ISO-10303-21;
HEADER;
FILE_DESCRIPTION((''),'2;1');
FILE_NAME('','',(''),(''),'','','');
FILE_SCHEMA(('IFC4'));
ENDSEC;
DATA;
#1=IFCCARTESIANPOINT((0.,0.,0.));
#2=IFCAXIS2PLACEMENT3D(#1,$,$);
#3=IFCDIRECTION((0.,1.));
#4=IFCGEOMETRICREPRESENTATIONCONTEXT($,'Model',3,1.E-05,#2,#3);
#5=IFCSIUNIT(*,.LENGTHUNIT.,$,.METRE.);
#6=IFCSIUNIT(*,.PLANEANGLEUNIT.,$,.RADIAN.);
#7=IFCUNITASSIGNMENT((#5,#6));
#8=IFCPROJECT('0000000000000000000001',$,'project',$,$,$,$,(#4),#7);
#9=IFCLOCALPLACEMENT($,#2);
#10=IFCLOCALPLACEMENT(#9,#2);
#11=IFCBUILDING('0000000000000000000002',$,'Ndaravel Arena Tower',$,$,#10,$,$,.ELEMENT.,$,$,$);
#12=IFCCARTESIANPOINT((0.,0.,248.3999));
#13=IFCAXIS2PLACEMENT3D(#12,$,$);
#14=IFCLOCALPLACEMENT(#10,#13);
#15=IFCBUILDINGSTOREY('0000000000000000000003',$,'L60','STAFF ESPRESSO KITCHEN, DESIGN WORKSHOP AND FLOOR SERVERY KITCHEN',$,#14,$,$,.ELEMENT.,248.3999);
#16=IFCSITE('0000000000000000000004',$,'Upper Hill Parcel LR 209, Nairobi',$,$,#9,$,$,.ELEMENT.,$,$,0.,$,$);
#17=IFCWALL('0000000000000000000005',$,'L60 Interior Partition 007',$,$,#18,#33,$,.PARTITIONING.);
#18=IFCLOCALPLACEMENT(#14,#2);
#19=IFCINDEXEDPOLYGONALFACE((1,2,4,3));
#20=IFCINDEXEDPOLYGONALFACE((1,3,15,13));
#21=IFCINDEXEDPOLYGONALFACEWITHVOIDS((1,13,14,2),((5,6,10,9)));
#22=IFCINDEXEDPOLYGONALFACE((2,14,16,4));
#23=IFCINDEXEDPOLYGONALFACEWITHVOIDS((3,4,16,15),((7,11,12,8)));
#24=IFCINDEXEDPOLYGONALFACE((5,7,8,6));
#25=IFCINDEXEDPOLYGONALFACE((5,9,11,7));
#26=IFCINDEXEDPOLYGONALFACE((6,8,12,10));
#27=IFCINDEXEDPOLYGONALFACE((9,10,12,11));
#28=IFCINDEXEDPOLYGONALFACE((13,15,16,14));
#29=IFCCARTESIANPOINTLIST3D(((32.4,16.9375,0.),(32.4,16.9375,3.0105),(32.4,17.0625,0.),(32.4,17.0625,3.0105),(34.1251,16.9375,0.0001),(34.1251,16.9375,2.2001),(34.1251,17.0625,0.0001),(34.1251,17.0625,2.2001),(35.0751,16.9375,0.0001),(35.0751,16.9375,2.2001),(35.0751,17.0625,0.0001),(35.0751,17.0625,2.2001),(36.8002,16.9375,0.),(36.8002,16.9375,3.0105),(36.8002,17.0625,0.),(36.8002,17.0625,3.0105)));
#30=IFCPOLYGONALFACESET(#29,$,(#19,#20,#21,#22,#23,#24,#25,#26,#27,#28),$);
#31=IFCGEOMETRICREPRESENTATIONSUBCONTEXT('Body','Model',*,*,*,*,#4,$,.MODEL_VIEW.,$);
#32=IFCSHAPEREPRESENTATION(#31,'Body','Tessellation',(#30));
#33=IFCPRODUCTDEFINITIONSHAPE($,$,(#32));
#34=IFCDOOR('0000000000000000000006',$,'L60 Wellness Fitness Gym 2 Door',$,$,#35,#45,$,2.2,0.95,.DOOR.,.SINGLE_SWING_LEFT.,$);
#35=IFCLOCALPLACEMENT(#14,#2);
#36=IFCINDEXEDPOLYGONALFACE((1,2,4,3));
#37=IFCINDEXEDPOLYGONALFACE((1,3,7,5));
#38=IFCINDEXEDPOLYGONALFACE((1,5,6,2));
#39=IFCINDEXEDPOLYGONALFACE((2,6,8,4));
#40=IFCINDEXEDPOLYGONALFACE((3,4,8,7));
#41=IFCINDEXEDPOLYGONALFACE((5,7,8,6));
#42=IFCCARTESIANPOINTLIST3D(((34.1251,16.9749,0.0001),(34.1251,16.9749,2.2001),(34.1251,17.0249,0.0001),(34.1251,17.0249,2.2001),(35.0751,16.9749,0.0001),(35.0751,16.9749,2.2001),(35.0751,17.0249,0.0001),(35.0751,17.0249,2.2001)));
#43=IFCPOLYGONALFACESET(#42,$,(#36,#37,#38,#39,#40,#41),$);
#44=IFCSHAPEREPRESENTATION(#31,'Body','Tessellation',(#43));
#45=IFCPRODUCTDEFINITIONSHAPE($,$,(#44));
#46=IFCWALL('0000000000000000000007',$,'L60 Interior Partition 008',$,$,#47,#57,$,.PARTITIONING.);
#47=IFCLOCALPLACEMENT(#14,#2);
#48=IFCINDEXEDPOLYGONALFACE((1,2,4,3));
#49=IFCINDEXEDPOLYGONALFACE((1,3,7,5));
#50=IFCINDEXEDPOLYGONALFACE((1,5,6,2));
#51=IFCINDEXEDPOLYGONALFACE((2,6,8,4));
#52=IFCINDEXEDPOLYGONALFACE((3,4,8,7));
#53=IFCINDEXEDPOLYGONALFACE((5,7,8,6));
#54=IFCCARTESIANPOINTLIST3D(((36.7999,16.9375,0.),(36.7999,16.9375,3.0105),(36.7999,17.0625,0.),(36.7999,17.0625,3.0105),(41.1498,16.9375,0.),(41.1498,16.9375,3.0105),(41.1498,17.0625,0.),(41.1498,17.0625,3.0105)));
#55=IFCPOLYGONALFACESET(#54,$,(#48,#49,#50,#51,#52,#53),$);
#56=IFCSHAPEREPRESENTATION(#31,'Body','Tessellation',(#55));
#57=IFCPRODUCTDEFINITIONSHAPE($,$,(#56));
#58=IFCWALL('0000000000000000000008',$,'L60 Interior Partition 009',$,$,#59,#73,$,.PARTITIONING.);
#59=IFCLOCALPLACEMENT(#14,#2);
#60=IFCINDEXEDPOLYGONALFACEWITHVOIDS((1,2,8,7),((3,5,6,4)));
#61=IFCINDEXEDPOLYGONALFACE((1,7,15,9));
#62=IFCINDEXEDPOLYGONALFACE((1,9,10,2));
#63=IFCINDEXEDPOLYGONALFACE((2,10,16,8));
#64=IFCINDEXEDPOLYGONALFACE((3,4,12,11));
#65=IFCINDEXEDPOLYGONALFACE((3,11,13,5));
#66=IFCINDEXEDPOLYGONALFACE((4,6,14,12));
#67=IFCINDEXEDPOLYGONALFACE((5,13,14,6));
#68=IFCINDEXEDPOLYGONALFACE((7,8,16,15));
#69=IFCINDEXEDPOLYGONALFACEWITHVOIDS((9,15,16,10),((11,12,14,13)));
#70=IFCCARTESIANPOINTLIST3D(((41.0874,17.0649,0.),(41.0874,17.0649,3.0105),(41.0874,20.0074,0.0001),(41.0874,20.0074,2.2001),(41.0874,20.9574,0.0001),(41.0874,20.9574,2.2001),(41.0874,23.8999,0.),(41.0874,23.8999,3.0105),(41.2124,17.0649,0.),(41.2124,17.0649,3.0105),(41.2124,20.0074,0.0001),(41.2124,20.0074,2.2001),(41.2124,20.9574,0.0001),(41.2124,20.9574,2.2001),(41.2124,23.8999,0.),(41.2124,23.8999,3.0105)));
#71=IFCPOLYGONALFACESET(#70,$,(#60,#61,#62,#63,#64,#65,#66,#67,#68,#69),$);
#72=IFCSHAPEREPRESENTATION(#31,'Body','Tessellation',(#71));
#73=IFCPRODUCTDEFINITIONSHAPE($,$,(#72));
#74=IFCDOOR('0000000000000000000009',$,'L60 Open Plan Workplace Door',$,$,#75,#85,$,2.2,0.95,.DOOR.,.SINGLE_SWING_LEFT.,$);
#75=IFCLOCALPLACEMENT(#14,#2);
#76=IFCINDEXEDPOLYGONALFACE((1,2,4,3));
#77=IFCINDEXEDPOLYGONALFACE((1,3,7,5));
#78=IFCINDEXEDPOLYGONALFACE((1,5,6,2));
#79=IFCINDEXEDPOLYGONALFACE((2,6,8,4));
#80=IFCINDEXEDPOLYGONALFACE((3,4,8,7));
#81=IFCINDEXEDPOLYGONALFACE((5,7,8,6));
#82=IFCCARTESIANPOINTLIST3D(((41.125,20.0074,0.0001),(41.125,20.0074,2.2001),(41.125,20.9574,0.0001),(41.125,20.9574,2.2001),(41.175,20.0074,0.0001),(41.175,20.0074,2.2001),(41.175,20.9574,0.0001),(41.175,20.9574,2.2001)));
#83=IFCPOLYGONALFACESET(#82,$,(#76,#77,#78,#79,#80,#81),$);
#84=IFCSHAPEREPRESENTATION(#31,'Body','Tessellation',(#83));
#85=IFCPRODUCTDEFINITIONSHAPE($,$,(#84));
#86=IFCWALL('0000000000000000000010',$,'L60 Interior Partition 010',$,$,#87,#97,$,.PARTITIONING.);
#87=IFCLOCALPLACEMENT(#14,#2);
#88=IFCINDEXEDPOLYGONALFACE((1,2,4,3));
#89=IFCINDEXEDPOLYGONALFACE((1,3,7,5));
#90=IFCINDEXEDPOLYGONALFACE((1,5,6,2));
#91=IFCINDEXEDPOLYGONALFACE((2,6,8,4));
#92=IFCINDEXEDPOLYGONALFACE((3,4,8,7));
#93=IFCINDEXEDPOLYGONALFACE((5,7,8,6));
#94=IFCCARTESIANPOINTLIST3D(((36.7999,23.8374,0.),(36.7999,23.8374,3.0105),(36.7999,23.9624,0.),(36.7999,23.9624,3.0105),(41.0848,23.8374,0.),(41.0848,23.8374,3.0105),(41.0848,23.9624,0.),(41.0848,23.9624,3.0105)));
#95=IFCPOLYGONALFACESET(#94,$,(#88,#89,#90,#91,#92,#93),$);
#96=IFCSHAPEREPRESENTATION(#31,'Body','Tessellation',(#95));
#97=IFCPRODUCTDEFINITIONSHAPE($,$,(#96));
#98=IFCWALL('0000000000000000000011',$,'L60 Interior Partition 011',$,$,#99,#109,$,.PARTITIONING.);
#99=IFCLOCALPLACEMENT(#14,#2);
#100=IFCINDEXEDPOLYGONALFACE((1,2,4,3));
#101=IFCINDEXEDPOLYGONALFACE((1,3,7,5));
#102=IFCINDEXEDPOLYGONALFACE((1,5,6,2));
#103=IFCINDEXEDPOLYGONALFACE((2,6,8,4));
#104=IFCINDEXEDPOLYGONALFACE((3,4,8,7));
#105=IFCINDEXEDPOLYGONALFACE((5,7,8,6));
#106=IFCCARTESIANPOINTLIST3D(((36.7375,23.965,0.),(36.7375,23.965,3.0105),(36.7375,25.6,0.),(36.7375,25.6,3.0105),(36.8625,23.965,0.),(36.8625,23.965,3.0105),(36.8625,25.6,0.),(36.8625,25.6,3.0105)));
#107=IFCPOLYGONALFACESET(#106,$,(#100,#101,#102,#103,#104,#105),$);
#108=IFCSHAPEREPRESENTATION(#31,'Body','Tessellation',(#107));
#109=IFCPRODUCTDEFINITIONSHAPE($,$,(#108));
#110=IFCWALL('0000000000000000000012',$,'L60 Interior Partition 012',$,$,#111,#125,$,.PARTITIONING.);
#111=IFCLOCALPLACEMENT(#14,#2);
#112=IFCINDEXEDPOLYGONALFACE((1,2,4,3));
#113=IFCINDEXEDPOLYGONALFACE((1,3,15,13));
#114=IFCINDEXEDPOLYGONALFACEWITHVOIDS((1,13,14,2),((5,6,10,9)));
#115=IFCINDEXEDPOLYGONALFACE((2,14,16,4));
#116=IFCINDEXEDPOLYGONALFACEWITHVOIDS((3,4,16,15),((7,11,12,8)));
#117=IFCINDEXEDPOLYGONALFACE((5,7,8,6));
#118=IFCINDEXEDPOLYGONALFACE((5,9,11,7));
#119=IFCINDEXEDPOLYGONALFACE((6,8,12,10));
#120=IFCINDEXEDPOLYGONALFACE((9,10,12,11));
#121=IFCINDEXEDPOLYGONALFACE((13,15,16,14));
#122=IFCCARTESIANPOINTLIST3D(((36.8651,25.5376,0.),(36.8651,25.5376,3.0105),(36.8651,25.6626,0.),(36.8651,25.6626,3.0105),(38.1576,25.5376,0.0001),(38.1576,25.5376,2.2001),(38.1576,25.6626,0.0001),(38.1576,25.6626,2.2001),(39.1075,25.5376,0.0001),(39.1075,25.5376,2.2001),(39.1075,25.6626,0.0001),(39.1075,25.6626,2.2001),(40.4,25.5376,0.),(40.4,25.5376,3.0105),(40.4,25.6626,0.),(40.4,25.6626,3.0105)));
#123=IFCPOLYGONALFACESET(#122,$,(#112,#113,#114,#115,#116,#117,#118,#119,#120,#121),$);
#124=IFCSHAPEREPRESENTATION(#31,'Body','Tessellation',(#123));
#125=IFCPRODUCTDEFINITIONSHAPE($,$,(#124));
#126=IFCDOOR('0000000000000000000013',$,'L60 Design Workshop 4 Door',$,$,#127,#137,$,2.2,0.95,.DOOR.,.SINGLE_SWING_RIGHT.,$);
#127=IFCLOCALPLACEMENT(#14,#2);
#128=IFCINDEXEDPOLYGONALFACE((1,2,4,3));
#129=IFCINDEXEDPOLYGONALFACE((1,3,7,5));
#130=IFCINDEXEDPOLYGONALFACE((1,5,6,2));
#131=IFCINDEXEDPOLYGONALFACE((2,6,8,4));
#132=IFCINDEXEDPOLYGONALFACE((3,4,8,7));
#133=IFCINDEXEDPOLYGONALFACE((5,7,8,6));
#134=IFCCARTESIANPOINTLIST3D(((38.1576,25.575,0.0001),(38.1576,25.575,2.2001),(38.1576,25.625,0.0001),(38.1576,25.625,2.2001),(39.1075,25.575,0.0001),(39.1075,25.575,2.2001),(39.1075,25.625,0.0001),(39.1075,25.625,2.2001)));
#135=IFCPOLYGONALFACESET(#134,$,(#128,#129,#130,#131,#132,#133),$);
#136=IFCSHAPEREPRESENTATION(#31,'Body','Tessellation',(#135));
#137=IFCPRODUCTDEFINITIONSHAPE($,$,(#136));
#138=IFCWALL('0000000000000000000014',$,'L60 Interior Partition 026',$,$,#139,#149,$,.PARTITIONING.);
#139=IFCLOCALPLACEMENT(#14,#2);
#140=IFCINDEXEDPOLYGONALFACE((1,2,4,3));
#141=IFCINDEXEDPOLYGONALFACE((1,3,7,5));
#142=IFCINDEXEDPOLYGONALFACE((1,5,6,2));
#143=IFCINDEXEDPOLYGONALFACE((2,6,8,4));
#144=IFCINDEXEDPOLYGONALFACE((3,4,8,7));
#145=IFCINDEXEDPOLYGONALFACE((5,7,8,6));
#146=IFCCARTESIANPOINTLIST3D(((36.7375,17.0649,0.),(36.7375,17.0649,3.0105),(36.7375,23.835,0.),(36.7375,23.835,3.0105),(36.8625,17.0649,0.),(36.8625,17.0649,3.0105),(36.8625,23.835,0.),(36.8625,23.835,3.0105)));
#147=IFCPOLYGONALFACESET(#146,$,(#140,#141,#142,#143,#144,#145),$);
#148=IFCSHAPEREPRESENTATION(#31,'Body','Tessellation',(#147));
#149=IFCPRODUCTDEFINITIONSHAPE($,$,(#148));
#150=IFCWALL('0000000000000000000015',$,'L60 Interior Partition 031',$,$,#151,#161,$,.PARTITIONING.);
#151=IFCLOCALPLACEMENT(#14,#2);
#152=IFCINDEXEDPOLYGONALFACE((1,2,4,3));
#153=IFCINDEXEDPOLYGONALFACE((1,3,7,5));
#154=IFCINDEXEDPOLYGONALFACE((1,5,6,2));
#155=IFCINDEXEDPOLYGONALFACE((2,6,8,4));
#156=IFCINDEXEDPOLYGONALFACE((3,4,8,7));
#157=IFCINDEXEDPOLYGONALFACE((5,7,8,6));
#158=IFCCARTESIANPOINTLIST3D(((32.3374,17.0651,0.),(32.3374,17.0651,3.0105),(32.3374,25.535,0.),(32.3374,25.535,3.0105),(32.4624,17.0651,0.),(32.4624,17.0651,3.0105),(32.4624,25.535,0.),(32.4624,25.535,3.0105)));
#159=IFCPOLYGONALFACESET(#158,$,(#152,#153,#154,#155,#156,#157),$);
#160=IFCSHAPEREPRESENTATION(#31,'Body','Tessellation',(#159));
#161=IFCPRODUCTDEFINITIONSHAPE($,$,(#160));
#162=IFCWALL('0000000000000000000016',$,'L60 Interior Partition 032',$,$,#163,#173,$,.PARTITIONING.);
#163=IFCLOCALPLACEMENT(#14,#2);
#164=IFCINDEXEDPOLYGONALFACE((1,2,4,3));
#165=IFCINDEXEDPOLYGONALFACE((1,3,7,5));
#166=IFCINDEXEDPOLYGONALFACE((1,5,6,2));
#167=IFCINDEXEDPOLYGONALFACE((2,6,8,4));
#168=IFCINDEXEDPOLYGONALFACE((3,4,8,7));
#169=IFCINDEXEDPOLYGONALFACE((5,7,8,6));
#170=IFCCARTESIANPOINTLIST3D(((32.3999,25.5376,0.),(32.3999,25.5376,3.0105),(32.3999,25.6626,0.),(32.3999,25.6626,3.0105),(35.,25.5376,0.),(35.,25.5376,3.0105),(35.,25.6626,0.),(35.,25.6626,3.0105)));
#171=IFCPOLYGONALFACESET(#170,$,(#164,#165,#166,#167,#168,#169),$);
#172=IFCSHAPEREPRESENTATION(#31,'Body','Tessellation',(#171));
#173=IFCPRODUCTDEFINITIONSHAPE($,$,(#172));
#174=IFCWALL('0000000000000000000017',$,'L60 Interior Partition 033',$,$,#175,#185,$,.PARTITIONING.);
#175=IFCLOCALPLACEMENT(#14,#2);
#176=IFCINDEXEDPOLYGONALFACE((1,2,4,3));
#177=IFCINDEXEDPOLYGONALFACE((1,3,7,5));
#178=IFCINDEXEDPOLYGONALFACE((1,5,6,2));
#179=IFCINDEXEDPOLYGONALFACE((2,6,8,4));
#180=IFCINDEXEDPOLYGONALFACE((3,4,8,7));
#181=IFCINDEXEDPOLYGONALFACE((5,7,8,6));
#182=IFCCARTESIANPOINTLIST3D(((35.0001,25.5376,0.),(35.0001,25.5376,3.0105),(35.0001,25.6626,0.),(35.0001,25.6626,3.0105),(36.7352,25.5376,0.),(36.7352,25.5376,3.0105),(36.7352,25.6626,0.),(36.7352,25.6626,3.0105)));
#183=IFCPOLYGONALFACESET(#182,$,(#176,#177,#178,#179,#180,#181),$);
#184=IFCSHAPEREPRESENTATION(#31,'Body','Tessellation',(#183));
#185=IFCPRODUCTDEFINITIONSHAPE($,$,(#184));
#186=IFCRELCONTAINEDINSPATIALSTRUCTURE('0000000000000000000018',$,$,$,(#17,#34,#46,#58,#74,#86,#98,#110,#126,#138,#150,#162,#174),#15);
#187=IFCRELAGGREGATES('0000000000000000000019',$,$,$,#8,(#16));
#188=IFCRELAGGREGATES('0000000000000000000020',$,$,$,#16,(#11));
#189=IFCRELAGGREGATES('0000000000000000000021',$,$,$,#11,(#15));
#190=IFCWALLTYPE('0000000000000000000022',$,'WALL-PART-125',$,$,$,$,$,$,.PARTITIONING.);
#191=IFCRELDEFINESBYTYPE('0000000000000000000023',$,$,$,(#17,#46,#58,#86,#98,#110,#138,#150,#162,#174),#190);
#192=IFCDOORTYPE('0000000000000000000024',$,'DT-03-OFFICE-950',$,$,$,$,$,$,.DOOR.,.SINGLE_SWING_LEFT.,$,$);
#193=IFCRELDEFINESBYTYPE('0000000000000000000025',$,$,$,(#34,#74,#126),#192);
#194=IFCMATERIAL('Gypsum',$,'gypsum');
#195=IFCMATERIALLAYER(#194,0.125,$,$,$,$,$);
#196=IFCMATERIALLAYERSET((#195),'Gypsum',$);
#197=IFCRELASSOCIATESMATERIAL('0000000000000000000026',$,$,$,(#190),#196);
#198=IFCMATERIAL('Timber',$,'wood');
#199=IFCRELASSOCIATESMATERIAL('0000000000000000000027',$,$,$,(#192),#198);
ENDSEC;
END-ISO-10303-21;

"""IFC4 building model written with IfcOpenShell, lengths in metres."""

from ifc_helpers import new_model, si_unit, direction, frame, frame_2d, origin, place, context, subcontext, project, spatial, rectangle, extrude, material, layer, layer_set, type_object, element, fill, save


model = new_model("IFC4")

# Units and contexts
model_context = context("Model", 3, precision=1e-05, world=origin(), true_north=direction((0.0, 1.0)))
body_context = subcontext(model_context, "Body", "Model", "MODEL_VIEW")
ifc_project = project(units=[si_unit("LENGTHUNIT", "METRE"), si_unit("PLANEANGLEUNIT", "RADIAN")], contexts=[model_context])

# Site, building, storey
site_placement = place(None, origin())
site = spatial("IfcSite", under=ifc_project, at=site_placement, Name="Upper Hill Parcel LR 209, Nairobi", CompositionType="ELEMENT", RefElevation=0.0)
building_placement = place(site_placement, origin())
building = spatial("IfcBuilding", under=site, at=building_placement, Name="Ndaravel Arena Tower", CompositionType="ELEMENT")
storey_placement = place(building_placement, frame((0.0, 0.0, 248.3999)))
storey = spatial("IfcBuildingStorey", under=building, at=storey_placement, Name="L60", Description="STAFF ESPRESSO KITCHEN, DESIGN WORKSHOP AND FLOOR SERVERY KITCHEN", CompositionType="ELEMENT", Elevation=248.3999)

# Wall, opening, door
ifc_material_1 = material(Name="Gypsum", Category="gypsum")
ifc_layer_1 = layer(ifc_material_1, 0.125)
ifc_layer_set_1 = layer_set([ifc_layer_1], Name="Gypsum")
wall_type_1 = type_object("IfcWallType", Name="WALL-PART-125", PredefinedType="PARTITIONING", material=ifc_layer_set_1)
wall_1_placement = place(storey_placement, frame((32.3999, 17.0, 0.0), z_axis=(0.0, 0.0, 1.0), x_axis=(1.0, 0.0, 0.0)))
wall_1 = element("IfcWall", 1, at=wall_1_placement, inside=storey, type_object=wall_type_1, Name="L60 Interior Partition 007", PredefinedType="PARTITIONING", context=body_context, shape_type="SweptSolid", body=[
    extrude(rectangle(XDim=4.4001, YDim=0.125, at=frame_2d((2.2002, 0.0))), origin(), (0.0, 0.0, 1.0), 3.0105),
])
opening_1_placement = place(wall_1_placement, frame((1.7251, 0.0, 0.0)))
opening_1 = element("IfcOpeningElement", 2, at=opening_1_placement, cuts=wall_1, PredefinedType="OPENING", context=body_context, shape_type="SweptSolid", body=[
    extrude(rectangle(XDim=0.95, YDim=2.2, at=frame_2d((0.4751, 1.1001))), frame((0.0, 0.0625, 0.0), z_axis=(0.0, -1.0, 0.0), x_axis=(1.0, 0.0, 0.0)), (0.0, 0.0, 1.0), 0.125),
])
ifc_material_2 = material(Name="Timber", Category="wood")
door_type = type_object("IfcDoorType", Name="DT-03-OFFICE-950", OperationType="SINGLE_SWING_LEFT", PredefinedType="DOOR", material=ifc_material_2)
door_1_placement = place(opening_1_placement, origin())
door_1 = element("IfcDoor", 3, at=door_1_placement, inside=storey, type_object=door_type, Name="L60 Wellness Fitness Gym 2 Door", OperationType="SINGLE_SWING_LEFT", OverallHeight=2.2, OverallWidth=0.95, PredefinedType="DOOR", context=body_context, shape_type="SweptSolid", body=[
    extrude(rectangle(XDim=0.95, YDim=2.2, at=frame_2d((0.4751, 1.1001))), frame((0.0, 0.0249, 0.0), z_axis=(0.0, -1.0, 0.0), x_axis=(1.0, 0.0, 0.0)), (0.0, 0.0, 1.0), 0.05),
])
fill(opening_1, door_1)

# Wall
wall_2_placement = place(storey_placement, frame((36.8, 17.0, 0.0), z_axis=(0.0, 0.0, 1.0), x_axis=(1.0, 0.0, 0.0)))
element("IfcWall", 4, at=wall_2_placement, inside=storey, type_object=wall_type_1, Name="L60 Interior Partition 008", PredefinedType="PARTITIONING", context=body_context, shape_type="SweptSolid", body=[
    extrude(rectangle(XDim=4.3499, YDim=0.125, at=frame_2d((2.1748, 0.0))), origin(), (0.0, 0.0, 1.0), 3.0105),
])

# Wall, opening, door
wall_3_placement = place(storey_placement, frame((41.1499, 17.0649, 0.0), z_axis=(0.0, 0.0, 1.0), x_axis=(0.0, 1.0, 0.0)))
wall_3 = element("IfcWall", 5, at=wall_3_placement, inside=storey, type_object=wall_type_1, Name="L60 Interior Partition 009", PredefinedType="PARTITIONING", context=body_context, shape_type="SweptSolid", body=[
    extrude(rectangle(XDim=6.835, YDim=0.125, at=frame_2d((3.4175, 0.0))), origin(), (0.0, 0.0, 1.0), 3.0105),
])
opening_2_placement = place(wall_3_placement, frame((2.9424, 0.0, 0.0)))
opening_2 = element("IfcOpeningElement", 6, at=opening_2_placement, cuts=wall_3, PredefinedType="OPENING", context=body_context, shape_type="SweptSolid", body=[
    extrude(rectangle(XDim=0.95, YDim=2.2, at=frame_2d((0.4751, 1.1001))), frame((0.0, 0.0625, 0.0), z_axis=(0.0, -1.0, 0.0), x_axis=(1.0, 0.0, 0.0)), (0.0, 0.0, 1.0), 0.125),
])
door_2_placement = place(opening_2_placement, origin())
door_2 = element("IfcDoor", 7, at=door_2_placement, inside=storey, type_object=door_type, Name="L60 Open Plan Workplace Door", OperationType="SINGLE_SWING_LEFT", OverallHeight=2.2, OverallWidth=0.95, PredefinedType="DOOR", context=body_context, shape_type="SweptSolid", body=[
    extrude(rectangle(XDim=0.95, YDim=2.2, at=frame_2d((0.4751, 1.1001))), frame((0.0, 0.0249, 0.0), z_axis=(0.0, -1.0, 0.0), x_axis=(1.0, 0.0, 0.0)), (0.0, 0.0, 1.0), 0.05),
])
fill(opening_2, door_2)

# Walls
wall_4_placement = place(storey_placement, frame((41.085, 23.8999, 0.0), z_axis=(0.0, 0.0, 1.0), x_axis=(-1.0, 0.0, 0.0)))
element("IfcWall", 8, at=wall_4_placement, inside=storey, type_object=wall_type_1, Name="L60 Interior Partition 010", PredefinedType="PARTITIONING", context=body_context, shape_type="SweptSolid", body=[
    extrude(rectangle(XDim=4.2849, YDim=0.125, at=frame_2d((2.1426, 0.0))), origin(), (0.0, 0.0, 1.0), 3.0105),
])
wall_5_placement = place(storey_placement, frame((36.8, 23.9651, 0.0), z_axis=(0.0, 0.0, 1.0), x_axis=(0.0, 1.0, 0.0)))
element("IfcWall", 9, at=wall_5_placement, inside=storey, type_object=wall_type_1, Name="L60 Interior Partition 011", PredefinedType="PARTITIONING", context=body_context, shape_type="SweptSolid", body=[
    extrude(rectangle(XDim=1.635, YDim=0.125, at=frame_2d((0.8174, 0.0))), origin(), (0.0, 0.0, 1.0), 3.0105),
])

# Wall, opening, door
wall_6_placement = place(storey_placement, frame((36.865, 25.6001, 0.0), z_axis=(0.0, 0.0, 1.0), x_axis=(1.0, 0.0, 0.0)))
wall_6 = element("IfcWall", 10, at=wall_6_placement, inside=storey, type_object=wall_type_1, Name="L60 Interior Partition 012", PredefinedType="PARTITIONING", context=body_context, shape_type="SweptSolid", body=[
    extrude(rectangle(XDim=3.5349, YDim=0.125, at=frame_2d((1.7676, 0.0))), origin(), (0.0, 0.0, 1.0), 3.0105),
])
opening_3_placement = place(wall_6_placement, frame((1.2925, 0.0, 0.0)))
opening_3 = element("IfcOpeningElement", 11, at=opening_3_placement, cuts=wall_6, PredefinedType="OPENING", context=body_context, shape_type="SweptSolid", body=[
    extrude(rectangle(XDim=0.95, YDim=2.2, at=frame_2d((0.4751, 1.1001))), frame((0.0, 0.0625, 0.0), z_axis=(0.0, -1.0, 0.0), x_axis=(1.0, 0.0, 0.0)), (0.0, 0.0, 1.0), 0.125),
])
door_3_placement = place(opening_3_placement, origin())
door_3 = element("IfcDoor", 12, at=door_3_placement, inside=storey, type_object=door_type, Name="L60 Design Workshop 4 Door", OperationType="SINGLE_SWING_RIGHT", OverallHeight=2.2, OverallWidth=0.95, PredefinedType="DOOR", context=body_context, shape_type="SweptSolid", body=[
    extrude(rectangle(XDim=0.95, YDim=2.2, at=frame_2d((0.4751, 1.1001))), frame((0.0, 0.0249, 0.0), z_axis=(0.0, -1.0, 0.0), x_axis=(1.0, 0.0, 0.0)), (0.0, 0.0, 1.0), 0.05),
])
fill(opening_3, door_3)

# Walls
wall_7_placement = place(storey_placement, frame((36.8, 17.0649, 0.0), z_axis=(0.0, 0.0, 1.0), x_axis=(0.0, 1.0, 0.0)))
element("IfcWall", 13, at=wall_7_placement, inside=storey, type_object=wall_type_1, Name="L60 Interior Partition 026", PredefinedType="PARTITIONING", context=body_context, shape_type="SweptSolid", body=[
    extrude(rectangle(XDim=6.77, YDim=0.125, at=frame_2d((3.385, 0.0))), origin(), (0.0, 0.0, 1.0), 3.0105),
])
wall_8_placement = place(storey_placement, frame((32.3999, 25.5349, 0.0), z_axis=(0.0, 0.0, 1.0), x_axis=(0.0, -1.0, 0.0)))
element("IfcWall", 14, at=wall_8_placement, inside=storey, type_object=wall_type_1, Name="L60 Interior Partition 031", PredefinedType="PARTITIONING", context=body_context, shape_type="SweptSolid", body=[
    extrude(rectangle(XDim=8.47, YDim=0.125, at=frame_2d((4.2349, 0.0))), origin(), (0.0, 0.0, 1.0), 3.0105),
])
wall_9_placement = place(storey_placement, frame((32.3999, 25.6001, 0.0), z_axis=(0.0, 0.0, 1.0), x_axis=(1.0, 0.0, 0.0)))
element("IfcWall", 15, at=wall_9_placement, inside=storey, type_object=wall_type_1, Name="L60 Interior Partition 032", PredefinedType="PARTITIONING", context=body_context, shape_type="SweptSolid", body=[
    extrude(rectangle(XDim=2.6001, YDim=0.125, at=frame_2d((1.3, 0.0))), origin(), (0.0, 0.0, 1.0), 3.0105),
])
wall_10_placement = place(storey_placement, frame((35.0, 25.6001, 0.0), z_axis=(0.0, 0.0, 1.0), x_axis=(1.0, 0.0, 0.0)))
element("IfcWall", 16, at=wall_10_placement, inside=storey, type_object=wall_type_1, Name="L60 Interior Partition 033", PredefinedType="PARTITIONING", context=body_context, shape_type="SweptSolid", body=[
    extrude(rectangle(XDim=1.7351, YDim=0.125, at=frame_2d((0.8677, 0.0))), origin(), (0.0, 0.0, 1.0), 3.0105),
])

save(model, "model.ifc")
